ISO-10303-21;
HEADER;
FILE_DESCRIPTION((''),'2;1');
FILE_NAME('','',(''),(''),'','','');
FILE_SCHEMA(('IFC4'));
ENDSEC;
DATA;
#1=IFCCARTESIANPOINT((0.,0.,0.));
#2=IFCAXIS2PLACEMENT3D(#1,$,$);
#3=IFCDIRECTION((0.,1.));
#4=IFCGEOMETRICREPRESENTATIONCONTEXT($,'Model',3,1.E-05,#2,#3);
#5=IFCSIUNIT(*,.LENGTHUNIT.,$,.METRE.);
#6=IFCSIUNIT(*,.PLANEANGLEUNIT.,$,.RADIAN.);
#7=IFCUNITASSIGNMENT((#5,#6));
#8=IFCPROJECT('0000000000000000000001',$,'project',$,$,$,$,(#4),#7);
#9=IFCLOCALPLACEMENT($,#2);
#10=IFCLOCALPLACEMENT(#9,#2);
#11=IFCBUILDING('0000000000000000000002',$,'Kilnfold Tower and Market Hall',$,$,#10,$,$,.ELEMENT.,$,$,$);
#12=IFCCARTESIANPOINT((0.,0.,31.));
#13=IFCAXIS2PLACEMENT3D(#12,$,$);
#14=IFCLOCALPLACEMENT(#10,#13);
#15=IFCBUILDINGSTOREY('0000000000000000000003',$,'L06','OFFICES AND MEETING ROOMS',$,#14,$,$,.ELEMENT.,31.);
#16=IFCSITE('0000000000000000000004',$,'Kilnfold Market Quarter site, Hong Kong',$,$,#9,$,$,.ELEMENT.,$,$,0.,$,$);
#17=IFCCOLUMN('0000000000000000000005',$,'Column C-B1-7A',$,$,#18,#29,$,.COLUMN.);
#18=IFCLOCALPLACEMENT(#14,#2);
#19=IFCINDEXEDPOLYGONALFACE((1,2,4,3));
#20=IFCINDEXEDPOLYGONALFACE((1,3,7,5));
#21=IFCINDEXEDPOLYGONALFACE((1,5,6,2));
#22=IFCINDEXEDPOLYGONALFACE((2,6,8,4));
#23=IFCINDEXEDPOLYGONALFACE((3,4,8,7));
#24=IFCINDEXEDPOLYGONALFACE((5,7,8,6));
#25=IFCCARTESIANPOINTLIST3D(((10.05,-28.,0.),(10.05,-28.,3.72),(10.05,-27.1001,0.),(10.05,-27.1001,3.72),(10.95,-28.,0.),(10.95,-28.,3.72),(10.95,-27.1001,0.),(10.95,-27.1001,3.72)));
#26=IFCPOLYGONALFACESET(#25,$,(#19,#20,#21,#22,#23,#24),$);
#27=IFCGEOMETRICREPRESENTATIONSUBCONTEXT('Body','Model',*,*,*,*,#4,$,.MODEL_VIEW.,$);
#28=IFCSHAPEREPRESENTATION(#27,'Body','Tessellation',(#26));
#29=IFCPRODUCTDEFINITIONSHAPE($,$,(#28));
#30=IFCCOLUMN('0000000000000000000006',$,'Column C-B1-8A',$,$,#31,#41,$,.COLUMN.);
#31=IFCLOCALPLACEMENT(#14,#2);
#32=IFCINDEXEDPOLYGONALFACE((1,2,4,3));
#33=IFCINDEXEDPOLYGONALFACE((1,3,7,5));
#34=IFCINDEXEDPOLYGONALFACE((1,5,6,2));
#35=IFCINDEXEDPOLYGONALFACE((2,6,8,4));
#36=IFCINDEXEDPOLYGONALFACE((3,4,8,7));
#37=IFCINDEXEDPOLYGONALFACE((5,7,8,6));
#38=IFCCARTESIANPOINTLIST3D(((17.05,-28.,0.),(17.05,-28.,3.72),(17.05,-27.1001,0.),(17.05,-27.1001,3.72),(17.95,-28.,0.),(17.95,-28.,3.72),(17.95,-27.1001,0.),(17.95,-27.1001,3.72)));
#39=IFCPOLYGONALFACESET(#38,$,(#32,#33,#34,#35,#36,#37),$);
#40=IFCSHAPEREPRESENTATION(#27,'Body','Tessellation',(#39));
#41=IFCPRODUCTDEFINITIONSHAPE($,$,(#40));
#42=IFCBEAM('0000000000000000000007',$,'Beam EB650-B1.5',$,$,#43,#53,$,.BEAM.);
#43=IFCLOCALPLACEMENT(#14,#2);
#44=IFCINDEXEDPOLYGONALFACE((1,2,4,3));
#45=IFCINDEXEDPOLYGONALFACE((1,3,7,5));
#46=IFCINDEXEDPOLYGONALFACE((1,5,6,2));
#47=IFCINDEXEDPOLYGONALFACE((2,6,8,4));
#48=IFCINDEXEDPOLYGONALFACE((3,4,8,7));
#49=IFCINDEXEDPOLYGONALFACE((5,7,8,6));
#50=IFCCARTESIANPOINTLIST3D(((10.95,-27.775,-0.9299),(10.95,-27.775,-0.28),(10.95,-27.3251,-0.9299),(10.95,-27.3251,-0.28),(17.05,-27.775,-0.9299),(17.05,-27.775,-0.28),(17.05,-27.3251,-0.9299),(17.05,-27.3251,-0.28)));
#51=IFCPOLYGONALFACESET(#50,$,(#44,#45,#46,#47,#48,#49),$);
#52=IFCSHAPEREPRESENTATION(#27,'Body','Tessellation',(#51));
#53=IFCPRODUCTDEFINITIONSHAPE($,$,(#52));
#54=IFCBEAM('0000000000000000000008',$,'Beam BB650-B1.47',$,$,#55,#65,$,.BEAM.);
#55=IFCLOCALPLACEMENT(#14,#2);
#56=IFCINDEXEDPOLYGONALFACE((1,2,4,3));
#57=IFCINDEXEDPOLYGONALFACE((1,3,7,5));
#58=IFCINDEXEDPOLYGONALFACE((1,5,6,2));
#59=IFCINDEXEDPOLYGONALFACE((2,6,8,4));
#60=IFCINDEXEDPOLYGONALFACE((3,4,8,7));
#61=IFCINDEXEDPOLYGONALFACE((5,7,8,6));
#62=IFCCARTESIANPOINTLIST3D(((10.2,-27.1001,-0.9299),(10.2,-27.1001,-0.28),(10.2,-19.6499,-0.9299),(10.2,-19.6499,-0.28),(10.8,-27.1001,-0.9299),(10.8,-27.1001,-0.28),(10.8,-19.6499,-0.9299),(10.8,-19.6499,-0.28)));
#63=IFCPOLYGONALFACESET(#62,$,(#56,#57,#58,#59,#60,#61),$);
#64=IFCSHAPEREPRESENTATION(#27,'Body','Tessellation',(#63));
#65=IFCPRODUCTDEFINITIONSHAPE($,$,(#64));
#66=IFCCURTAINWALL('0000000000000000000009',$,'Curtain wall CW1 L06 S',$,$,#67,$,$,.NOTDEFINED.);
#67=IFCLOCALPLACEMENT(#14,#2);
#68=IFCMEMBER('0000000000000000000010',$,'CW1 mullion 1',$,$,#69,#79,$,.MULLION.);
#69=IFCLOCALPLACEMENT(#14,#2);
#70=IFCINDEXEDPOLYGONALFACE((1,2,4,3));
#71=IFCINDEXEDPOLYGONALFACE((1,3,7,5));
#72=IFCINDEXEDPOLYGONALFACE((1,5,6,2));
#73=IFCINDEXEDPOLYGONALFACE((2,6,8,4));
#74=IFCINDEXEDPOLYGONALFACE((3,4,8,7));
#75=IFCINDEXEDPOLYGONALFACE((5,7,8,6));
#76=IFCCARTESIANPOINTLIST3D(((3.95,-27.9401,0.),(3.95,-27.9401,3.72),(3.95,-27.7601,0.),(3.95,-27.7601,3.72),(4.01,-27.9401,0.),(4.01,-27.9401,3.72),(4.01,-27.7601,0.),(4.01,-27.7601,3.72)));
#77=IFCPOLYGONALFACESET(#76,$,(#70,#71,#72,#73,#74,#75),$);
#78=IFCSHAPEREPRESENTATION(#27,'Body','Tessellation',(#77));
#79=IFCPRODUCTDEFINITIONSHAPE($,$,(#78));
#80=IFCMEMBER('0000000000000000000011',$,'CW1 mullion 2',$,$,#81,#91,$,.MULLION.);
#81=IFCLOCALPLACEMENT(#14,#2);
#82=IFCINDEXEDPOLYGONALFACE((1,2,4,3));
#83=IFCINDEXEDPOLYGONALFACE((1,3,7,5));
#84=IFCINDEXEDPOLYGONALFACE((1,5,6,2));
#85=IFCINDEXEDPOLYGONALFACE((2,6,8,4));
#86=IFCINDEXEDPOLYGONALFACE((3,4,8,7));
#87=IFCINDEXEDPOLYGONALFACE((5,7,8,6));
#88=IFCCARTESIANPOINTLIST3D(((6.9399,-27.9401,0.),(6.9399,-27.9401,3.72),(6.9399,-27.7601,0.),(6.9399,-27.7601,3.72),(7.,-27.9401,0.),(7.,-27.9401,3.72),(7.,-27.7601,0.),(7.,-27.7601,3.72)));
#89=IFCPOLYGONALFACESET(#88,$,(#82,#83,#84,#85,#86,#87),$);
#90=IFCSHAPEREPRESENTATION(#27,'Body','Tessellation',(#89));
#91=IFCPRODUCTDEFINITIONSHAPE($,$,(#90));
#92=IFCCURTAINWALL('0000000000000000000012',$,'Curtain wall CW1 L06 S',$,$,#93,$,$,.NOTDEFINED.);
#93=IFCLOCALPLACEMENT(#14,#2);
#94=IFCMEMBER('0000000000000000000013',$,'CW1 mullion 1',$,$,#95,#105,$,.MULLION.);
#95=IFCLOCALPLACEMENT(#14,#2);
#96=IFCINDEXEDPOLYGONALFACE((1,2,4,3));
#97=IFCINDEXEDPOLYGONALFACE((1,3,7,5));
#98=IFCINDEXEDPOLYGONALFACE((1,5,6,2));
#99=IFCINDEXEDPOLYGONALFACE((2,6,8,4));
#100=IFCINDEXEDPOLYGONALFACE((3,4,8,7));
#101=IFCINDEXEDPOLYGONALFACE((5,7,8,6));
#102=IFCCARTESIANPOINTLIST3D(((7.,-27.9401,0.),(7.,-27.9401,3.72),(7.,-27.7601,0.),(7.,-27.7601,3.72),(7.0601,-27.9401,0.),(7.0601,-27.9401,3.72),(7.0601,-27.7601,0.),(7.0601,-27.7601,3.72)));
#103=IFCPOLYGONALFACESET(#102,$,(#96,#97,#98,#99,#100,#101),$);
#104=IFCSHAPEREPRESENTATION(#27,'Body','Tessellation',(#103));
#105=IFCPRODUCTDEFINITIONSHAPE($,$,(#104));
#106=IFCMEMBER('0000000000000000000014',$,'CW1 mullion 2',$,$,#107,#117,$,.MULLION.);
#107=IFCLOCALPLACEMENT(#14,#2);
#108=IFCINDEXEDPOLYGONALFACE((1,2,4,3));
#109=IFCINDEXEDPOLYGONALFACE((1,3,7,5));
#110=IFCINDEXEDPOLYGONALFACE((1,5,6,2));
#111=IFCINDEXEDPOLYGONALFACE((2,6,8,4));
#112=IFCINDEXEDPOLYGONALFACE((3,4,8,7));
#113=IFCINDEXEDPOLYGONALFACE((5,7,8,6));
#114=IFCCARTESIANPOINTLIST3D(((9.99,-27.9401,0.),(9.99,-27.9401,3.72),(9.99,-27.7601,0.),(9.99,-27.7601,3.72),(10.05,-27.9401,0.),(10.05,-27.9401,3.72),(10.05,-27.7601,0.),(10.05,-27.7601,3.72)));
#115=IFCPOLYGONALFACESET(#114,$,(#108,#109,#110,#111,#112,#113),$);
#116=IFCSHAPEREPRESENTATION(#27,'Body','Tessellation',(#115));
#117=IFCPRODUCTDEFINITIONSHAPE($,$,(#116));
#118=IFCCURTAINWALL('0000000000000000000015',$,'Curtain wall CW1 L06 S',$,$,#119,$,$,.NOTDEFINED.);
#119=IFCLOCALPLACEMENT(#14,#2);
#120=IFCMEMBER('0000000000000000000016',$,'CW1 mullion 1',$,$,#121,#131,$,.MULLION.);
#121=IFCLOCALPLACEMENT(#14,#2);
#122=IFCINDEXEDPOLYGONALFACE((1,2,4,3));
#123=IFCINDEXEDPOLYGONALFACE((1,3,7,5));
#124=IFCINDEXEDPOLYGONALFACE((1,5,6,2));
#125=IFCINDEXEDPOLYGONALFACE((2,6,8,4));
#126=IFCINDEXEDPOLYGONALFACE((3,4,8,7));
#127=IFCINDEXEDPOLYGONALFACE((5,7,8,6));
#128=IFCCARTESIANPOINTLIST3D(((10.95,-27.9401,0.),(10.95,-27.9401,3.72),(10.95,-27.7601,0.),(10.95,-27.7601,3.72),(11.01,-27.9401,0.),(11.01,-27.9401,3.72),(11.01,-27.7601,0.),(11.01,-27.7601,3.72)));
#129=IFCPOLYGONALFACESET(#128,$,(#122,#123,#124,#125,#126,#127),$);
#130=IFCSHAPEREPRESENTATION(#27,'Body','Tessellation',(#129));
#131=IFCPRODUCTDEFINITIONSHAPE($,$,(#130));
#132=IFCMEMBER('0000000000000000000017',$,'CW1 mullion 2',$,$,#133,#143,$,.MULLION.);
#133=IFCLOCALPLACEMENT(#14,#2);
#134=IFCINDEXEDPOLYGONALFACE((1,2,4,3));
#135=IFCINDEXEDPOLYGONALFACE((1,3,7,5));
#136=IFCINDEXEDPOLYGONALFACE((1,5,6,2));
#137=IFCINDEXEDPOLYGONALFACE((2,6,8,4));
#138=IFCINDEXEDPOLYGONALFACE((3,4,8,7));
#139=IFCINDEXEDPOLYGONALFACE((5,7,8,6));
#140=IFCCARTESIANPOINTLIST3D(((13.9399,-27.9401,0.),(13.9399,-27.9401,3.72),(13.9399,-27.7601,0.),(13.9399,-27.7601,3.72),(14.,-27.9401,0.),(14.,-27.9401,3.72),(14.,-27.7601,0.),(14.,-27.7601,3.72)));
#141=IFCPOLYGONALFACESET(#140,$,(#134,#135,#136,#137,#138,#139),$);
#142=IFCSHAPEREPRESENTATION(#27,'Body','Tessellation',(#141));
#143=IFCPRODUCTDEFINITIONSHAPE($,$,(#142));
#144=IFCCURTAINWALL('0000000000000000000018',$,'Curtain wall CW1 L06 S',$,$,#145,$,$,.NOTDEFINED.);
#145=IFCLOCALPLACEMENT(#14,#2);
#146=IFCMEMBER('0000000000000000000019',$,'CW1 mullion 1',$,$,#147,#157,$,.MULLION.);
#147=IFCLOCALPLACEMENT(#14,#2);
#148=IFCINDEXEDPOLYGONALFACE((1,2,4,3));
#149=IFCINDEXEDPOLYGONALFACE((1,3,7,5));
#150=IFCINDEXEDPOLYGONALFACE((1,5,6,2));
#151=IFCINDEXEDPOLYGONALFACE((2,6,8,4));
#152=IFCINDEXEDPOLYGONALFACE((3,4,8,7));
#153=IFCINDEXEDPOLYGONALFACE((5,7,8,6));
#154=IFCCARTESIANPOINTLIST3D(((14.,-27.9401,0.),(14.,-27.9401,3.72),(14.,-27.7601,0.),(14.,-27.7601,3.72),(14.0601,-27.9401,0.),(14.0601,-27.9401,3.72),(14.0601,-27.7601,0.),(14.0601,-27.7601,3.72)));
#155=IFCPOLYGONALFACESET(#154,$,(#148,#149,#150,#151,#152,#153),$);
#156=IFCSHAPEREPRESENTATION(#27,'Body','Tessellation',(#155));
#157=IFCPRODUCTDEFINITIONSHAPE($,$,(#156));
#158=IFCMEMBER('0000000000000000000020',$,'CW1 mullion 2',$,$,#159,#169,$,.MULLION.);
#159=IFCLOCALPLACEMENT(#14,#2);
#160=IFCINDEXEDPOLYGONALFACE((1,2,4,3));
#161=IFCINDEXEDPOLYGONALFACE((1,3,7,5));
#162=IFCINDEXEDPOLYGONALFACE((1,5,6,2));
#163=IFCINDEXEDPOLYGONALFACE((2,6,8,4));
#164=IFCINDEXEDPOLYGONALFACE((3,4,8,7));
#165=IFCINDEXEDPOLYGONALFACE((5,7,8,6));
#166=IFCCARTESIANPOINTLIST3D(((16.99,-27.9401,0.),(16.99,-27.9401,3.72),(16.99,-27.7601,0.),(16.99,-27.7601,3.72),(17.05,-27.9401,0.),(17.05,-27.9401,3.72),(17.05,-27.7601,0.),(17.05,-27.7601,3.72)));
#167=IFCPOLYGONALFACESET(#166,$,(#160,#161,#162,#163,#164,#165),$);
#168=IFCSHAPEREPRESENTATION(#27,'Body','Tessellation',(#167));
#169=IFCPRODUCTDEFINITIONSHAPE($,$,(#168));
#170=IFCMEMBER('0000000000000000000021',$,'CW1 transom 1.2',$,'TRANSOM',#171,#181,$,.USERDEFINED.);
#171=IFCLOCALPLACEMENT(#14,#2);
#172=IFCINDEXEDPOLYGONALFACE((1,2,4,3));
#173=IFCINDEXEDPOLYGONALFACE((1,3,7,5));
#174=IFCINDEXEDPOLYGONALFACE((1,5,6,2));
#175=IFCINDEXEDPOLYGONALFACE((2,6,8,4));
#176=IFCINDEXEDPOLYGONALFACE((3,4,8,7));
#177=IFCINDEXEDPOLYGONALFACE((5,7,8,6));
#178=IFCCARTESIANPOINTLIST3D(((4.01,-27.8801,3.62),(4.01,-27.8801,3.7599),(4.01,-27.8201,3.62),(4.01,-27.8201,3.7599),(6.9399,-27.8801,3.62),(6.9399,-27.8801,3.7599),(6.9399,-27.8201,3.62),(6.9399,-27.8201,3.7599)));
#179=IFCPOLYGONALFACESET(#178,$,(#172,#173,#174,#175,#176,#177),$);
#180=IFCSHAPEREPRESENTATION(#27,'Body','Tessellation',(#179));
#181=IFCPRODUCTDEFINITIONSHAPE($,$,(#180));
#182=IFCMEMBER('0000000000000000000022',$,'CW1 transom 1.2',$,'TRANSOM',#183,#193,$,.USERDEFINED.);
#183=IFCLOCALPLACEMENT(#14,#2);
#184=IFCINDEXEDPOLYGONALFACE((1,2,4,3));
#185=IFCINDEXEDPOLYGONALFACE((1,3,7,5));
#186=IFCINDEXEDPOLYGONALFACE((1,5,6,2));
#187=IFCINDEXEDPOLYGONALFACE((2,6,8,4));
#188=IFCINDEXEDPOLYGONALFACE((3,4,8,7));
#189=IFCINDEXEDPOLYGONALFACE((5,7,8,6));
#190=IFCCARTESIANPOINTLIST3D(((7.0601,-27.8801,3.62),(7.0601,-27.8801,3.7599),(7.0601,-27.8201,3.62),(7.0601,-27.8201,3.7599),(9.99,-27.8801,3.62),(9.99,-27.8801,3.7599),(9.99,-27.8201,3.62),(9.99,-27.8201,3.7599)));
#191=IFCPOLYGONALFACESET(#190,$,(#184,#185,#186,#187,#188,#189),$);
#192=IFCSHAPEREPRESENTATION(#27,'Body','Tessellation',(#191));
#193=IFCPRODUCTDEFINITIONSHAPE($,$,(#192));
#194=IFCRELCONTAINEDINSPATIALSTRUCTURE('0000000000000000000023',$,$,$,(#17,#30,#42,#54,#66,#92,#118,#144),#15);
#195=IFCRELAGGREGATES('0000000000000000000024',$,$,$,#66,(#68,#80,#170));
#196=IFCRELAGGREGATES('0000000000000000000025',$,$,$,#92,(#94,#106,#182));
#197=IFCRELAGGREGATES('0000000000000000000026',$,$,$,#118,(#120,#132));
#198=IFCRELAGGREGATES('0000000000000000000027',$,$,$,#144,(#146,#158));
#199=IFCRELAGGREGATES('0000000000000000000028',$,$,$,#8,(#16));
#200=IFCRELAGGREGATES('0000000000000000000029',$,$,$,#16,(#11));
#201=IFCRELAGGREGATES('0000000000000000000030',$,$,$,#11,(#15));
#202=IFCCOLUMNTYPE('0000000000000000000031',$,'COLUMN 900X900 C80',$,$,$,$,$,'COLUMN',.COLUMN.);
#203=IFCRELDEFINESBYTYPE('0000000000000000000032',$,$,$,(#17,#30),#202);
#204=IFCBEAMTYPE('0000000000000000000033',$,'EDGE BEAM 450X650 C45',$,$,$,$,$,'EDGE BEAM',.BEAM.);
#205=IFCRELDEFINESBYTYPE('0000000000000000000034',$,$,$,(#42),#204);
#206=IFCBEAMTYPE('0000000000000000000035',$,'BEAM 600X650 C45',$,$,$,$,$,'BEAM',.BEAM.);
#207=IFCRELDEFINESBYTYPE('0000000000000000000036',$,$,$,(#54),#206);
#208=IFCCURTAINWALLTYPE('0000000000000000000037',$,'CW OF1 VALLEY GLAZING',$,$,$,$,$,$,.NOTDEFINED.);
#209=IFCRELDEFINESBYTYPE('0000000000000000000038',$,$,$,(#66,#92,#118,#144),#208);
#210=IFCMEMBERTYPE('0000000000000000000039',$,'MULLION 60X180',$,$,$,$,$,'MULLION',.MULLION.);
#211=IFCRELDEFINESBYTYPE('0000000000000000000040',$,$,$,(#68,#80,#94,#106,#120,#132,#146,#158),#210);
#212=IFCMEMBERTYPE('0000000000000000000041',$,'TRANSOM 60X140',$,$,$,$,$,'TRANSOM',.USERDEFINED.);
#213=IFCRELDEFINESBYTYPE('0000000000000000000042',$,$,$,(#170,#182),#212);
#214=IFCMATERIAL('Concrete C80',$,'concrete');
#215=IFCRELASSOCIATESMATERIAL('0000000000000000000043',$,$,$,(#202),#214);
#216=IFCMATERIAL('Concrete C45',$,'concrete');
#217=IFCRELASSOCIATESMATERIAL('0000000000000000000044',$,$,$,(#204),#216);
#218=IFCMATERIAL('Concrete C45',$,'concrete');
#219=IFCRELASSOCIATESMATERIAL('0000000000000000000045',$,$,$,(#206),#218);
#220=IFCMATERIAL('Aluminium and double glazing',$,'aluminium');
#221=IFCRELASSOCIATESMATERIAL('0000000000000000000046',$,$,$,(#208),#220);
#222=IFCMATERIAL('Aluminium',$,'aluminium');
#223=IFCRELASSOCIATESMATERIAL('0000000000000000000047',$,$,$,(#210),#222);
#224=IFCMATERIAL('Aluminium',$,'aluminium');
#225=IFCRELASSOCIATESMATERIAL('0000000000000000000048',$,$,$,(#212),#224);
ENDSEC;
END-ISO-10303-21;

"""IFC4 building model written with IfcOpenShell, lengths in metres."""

from ifc_helpers import new_model, si_unit, direction, frame, origin, origin_2d, place, context, subcontext, project, spatial, rectangle, extrude, source, transform, mapped, material, material_profile, profile_set, type_object, element, aggregate, save


model = new_model("IFC4")

# Units and contexts
model_context = context("Model", 3, precision=1e-05, world=origin(), true_north=direction((0.0, 1.0)))
body_context = subcontext(model_context, "Body", "Model", "MODEL_VIEW")
ifc_project = project(units=[si_unit("LENGTHUNIT", "METRE"), si_unit("PLANEANGLEUNIT", "RADIAN")], contexts=[model_context])

# Site, building, storey
site_placement = place(None, origin())
site = spatial("IfcSite", under=ifc_project, at=site_placement, Name="Kilnfold Market Quarter site, Hong Kong", CompositionType="ELEMENT", RefElevation=0.0)
building_placement = place(site_placement, origin())
building = spatial("IfcBuilding", under=site, at=building_placement, Name="Kilnfold Tower and Market Hall", CompositionType="ELEMENT")
storey_placement = place(building_placement, frame((0.0, 0.0, 31.0)))
storey = spatial("IfcBuildingStorey", under=building, at=storey_placement, Name="L06", Description="OFFICES AND MEETING ROOMS", CompositionType="ELEMENT", Elevation=31.0)

# Columns
ifc_material_1 = material(Name="Concrete C80", Category="concrete")
ifc_material_profile_1 = material_profile(ifc_material_1, rectangle(XDim=0.8999, YDim=0.8999, at=origin_2d()), Name="RC 900x900")
ifc_profile_set_1 = profile_set([ifc_material_profile_1], Name="Concrete C80")
column_type = type_object("IfcColumnType", Name="COLUMN 900X900 C80", ElementType="COLUMN", PredefinedType="COLUMN", material=ifc_profile_set_1)
shared_shape_1 = source(origin(), body_context, "Body", "SweptSolid", [
    extrude(rectangle(XDim=0.8999, YDim=0.8999, at=origin_2d()), origin(), (0.0, 0.0, 1.0), 3.72),
])
for number, where, z_axis, x_axis, name in (
    (1, (10.5, -27.55, 0.0), (0.0, 0.0, 1.0), (1.0, 0.0, 0.0), "Column C-B1-7A"),
    (2, (17.5, -27.55, 0.0), (0.0, 0.0, 1.0), (1.0, 0.0, 0.0), "Column C-B1-8A"),
):
    element("IfcColumn", number, at=place(storey_placement, frame(where, z_axis=z_axis, x_axis=x_axis)), inside=storey, type_object=column_type, Name=name, PredefinedType="COLUMN", context=body_context, shape_type="MappedRepresentation", body=[
        mapped(shared_shape_1, transform((0.0, 0.0, 0.0))),
    ])

# Beams
ifc_material_2 = material(Name="Concrete C45", Category="concrete")
ifc_material_profile_2 = material_profile(ifc_material_2, rectangle(XDim=0.45, YDim=0.6499, at=origin_2d()), Name="RC 450x650")
ifc_profile_set_2 = profile_set([ifc_material_profile_2], Name="Concrete C45")
beam_type_1 = type_object("IfcBeamType", Name="EDGE BEAM 450X650 C45", ElementType="EDGE BEAM", PredefinedType="BEAM", material=ifc_profile_set_2)
shared_shape_2 = source(origin(), body_context, "Body", "SweptSolid", [
    extrude(rectangle(XDim=0.45, YDim=0.6499, at=origin_2d()), origin(), (0.0, 0.0, 1.0), 6.1001),
])
beam_1_placement = place(storey_placement, frame((10.95, -27.55, -0.605), z_axis=(1.0, 0.0, 0.0), x_axis=(0.0, 1.0, 0.0)))
element("IfcBeam", 3, at=beam_1_placement, inside=storey, type_object=beam_type_1, Name="Beam EB650-B1.5", PredefinedType="BEAM", context=body_context, shape_type="MappedRepresentation", body=[
    mapped(shared_shape_2, transform((0.0, 0.0, 0.0))),
])
ifc_material_3 = material(Name="Concrete C45", Category="concrete")
ifc_material_profile_3 = material_profile(ifc_material_3, rectangle(XDim=0.6001, YDim=0.6499, at=origin_2d()), Name="RC 600x650")
ifc_profile_set_3 = profile_set([ifc_material_profile_3], Name="Concrete C45")
beam_type_2 = type_object("IfcBeamType", Name="BEAM 600X650 C45", ElementType="BEAM", PredefinedType="BEAM", material=ifc_profile_set_3)
shared_shape_3 = source(origin(), body_context, "Body", "SweptSolid", [
    extrude(rectangle(XDim=0.6001, YDim=0.6499, at=origin_2d()), origin(), (0.0, 0.0, 1.0), 7.4502),
])
beam_2_placement = place(storey_placement, frame((10.5, -27.1001, -0.605), z_axis=(0.0, 1.0, 0.0), x_axis=(-1.0, 0.0, 0.0)))
element("IfcBeam", 4, at=beam_2_placement, inside=storey, type_object=beam_type_2, Name="Beam BB650-B1.47", PredefinedType="BEAM", context=body_context, shape_type="MappedRepresentation", body=[
    mapped(shared_shape_3, transform((0.0, 0.0, 0.0))),
])

# Curtain walls, members
ifc_material_4 = material(Name="Aluminium and double glazing", Category="aluminium")
curtain_wall_type = type_object("IfcCurtainWallType", Name="CW OF1 VALLEY GLAZING", PredefinedType="NOTDEFINED", material=ifc_material_4)
curtain_wall_1_placement = place(storey_placement, origin())
curtain_wall_1 = element("IfcCurtainWall", 5, at=curtain_wall_1_placement, inside=storey, type_object=curtain_wall_type, Name="Curtain wall CW1 L06 S", PredefinedType="NOTDEFINED")
ifc_material_5 = material(Name="Aluminium", Category="aluminium")
ifc_material_profile_4 = material_profile(ifc_material_5, rectangle(XDim=0.0601, YDim=0.1799, at=origin_2d()), Name="MULLION 60x180")
ifc_profile_set_4 = profile_set([ifc_material_profile_4], Name="Aluminium")
member_type_1 = type_object("IfcMemberType", Name="MULLION 60X180", ElementType="MULLION", PredefinedType="MULLION", material=ifc_profile_set_4)
shared_shape_4 = source(origin(), body_context, "Body", "SweptSolid", [
    extrude(rectangle(XDim=0.0601, YDim=0.1799, at=origin_2d()), origin(), (0.0, 0.0, 1.0), 3.72),
])
member_1_placement = place(storey_placement, frame((3.98, -27.8501, 0.0), z_axis=(0.0, 0.0, 1.0), x_axis=(1.0, 0.0, 0.0)))
member_1 = element("IfcMember", 6, at=member_1_placement, type_object=member_type_1, Name="CW1 mullion 1", PredefinedType="MULLION", context=body_context, shape_type="MappedRepresentation", body=[
    mapped(shared_shape_4, transform((0.0, 0.0, 0.0))),
])
member_2_placement = place(storey_placement, frame((6.97, -27.8501, 0.0), z_axis=(0.0, 0.0, 1.0), x_axis=(1.0, 0.0, 0.0)))
member_2 = element("IfcMember", 7, at=member_2_placement, type_object=member_type_1, Name="CW1 mullion 2", PredefinedType="MULLION", context=body_context, shape_type="MappedRepresentation", body=[
    mapped(shared_shape_4, transform((0.0, 0.0, 0.0))),
])
curtain_wall_2_placement = place(storey_placement, origin())
curtain_wall_2 = element("IfcCurtainWall", 8, at=curtain_wall_2_placement, inside=storey, type_object=curtain_wall_type, Name="Curtain wall CW1 L06 S", PredefinedType="NOTDEFINED")
member_3_placement = place(storey_placement, frame((7.03, -27.8501, 0.0), z_axis=(0.0, 0.0, 1.0), x_axis=(1.0, 0.0, 0.0)))
member_3 = element("IfcMember", 9, at=member_3_placement, type_object=member_type_1, Name="CW1 mullion 1", PredefinedType="MULLION", context=body_context, shape_type="MappedRepresentation", body=[
    mapped(shared_shape_4, transform((0.0, 0.0, 0.0))),
])
member_4_placement = place(storey_placement, frame((10.02, -27.8501, 0.0), z_axis=(0.0, 0.0, 1.0), x_axis=(1.0, 0.0, 0.0)))
member_4 = element("IfcMember", 10, at=member_4_placement, type_object=member_type_1, Name="CW1 mullion 2", PredefinedType="MULLION", context=body_context, shape_type="MappedRepresentation", body=[
    mapped(shared_shape_4, transform((0.0, 0.0, 0.0))),
])
curtain_wall_3_placement = place(storey_placement, origin())
curtain_wall_3 = element("IfcCurtainWall", 11, at=curtain_wall_3_placement, inside=storey, type_object=curtain_wall_type, Name="Curtain wall CW1 L06 S", PredefinedType="NOTDEFINED")
member_5_placement = place(storey_placement, frame((10.98, -27.8501, 0.0), z_axis=(0.0, 0.0, 1.0), x_axis=(1.0, 0.0, 0.0)))
member_5 = element("IfcMember", 12, at=member_5_placement, type_object=member_type_1, Name="CW1 mullion 1", PredefinedType="MULLION", context=body_context, shape_type="MappedRepresentation", body=[
    mapped(shared_shape_4, transform((0.0, 0.0, 0.0))),
])
member_6_placement = place(storey_placement, frame((13.97, -27.8501, 0.0), z_axis=(0.0, 0.0, 1.0), x_axis=(1.0, 0.0, 0.0)))
member_6 = element("IfcMember", 13, at=member_6_placement, type_object=member_type_1, Name="CW1 mullion 2", PredefinedType="MULLION", context=body_context, shape_type="MappedRepresentation", body=[
    mapped(shared_shape_4, transform((0.0, 0.0, 0.0))),
])
curtain_wall_4_placement = place(storey_placement, origin())
curtain_wall_4 = element("IfcCurtainWall", 14, at=curtain_wall_4_placement, inside=storey, type_object=curtain_wall_type, Name="Curtain wall CW1 L06 S", PredefinedType="NOTDEFINED")
member_7_placement = place(storey_placement, frame((14.03, -27.8501, 0.0), z_axis=(0.0, 0.0, 1.0), x_axis=(1.0, 0.0, 0.0)))
member_7 = element("IfcMember", 15, at=member_7_placement, type_object=member_type_1, Name="CW1 mullion 1", PredefinedType="MULLION", context=body_context, shape_type="MappedRepresentation", body=[
    mapped(shared_shape_4, transform((0.0, 0.0, 0.0))),
])
member_8_placement = place(storey_placement, frame((17.02, -27.8501, 0.0), z_axis=(0.0, 0.0, 1.0), x_axis=(1.0, 0.0, 0.0)))
member_8 = element("IfcMember", 16, at=member_8_placement, type_object=member_type_1, Name="CW1 mullion 2", PredefinedType="MULLION", context=body_context, shape_type="MappedRepresentation", body=[
    mapped(shared_shape_4, transform((0.0, 0.0, 0.0))),
])

# Members
ifc_material_6 = material(Name="Aluminium", Category="aluminium")
ifc_material_profile_5 = material_profile(ifc_material_6, rectangle(XDim=0.0601, YDim=0.1399, at=origin_2d()), Name="TRANSOM 60x140")
ifc_profile_set_5 = profile_set([ifc_material_profile_5], Name="Aluminium")
member_type_2 = type_object("IfcMemberType", Name="TRANSOM 60X140", ElementType="TRANSOM", PredefinedType="USERDEFINED", material=ifc_profile_set_5)
shared_shape_5 = source(origin(), body_context, "Body", "SweptSolid", [
    extrude(rectangle(XDim=0.0601, YDim=0.1399, at=origin_2d()), origin(), (0.0, 0.0, 1.0), 2.9299),
])
member_9_placement = place(storey_placement, frame((4.01, -27.8501, 3.6899), z_axis=(1.0, 0.0, 0.0), x_axis=(0.0, 1.0, 0.0)))
member_9 = element("IfcMember", 17, at=member_9_placement, type_object=member_type_2, Name="CW1 transom 1.2", ObjectType="TRANSOM", PredefinedType="USERDEFINED", context=body_context, shape_type="MappedRepresentation", body=[
    mapped(shared_shape_5, transform((0.0, 0.0, 0.0))),
])
member_10_placement = place(storey_placement, frame((7.0601, -27.8501, 3.6899), z_axis=(1.0, 0.0, 0.0), x_axis=(0.0, 1.0, 0.0)))
member_10 = element("IfcMember", 18, at=member_10_placement, type_object=member_type_2, Name="CW1 transom 1.2", ObjectType="TRANSOM", PredefinedType="USERDEFINED", context=body_context, shape_type="MappedRepresentation", body=[
    mapped(shared_shape_5, transform((0.0, 0.0, 0.0))),
])

aggregate(curtain_wall_1, [member_1, member_2, member_9])
aggregate(curtain_wall_2, [member_3, member_4, member_10])
aggregate(curtain_wall_3, [member_5, member_6])
aggregate(curtain_wall_4, [member_7, member_8])

save(model, "model.ifc")
